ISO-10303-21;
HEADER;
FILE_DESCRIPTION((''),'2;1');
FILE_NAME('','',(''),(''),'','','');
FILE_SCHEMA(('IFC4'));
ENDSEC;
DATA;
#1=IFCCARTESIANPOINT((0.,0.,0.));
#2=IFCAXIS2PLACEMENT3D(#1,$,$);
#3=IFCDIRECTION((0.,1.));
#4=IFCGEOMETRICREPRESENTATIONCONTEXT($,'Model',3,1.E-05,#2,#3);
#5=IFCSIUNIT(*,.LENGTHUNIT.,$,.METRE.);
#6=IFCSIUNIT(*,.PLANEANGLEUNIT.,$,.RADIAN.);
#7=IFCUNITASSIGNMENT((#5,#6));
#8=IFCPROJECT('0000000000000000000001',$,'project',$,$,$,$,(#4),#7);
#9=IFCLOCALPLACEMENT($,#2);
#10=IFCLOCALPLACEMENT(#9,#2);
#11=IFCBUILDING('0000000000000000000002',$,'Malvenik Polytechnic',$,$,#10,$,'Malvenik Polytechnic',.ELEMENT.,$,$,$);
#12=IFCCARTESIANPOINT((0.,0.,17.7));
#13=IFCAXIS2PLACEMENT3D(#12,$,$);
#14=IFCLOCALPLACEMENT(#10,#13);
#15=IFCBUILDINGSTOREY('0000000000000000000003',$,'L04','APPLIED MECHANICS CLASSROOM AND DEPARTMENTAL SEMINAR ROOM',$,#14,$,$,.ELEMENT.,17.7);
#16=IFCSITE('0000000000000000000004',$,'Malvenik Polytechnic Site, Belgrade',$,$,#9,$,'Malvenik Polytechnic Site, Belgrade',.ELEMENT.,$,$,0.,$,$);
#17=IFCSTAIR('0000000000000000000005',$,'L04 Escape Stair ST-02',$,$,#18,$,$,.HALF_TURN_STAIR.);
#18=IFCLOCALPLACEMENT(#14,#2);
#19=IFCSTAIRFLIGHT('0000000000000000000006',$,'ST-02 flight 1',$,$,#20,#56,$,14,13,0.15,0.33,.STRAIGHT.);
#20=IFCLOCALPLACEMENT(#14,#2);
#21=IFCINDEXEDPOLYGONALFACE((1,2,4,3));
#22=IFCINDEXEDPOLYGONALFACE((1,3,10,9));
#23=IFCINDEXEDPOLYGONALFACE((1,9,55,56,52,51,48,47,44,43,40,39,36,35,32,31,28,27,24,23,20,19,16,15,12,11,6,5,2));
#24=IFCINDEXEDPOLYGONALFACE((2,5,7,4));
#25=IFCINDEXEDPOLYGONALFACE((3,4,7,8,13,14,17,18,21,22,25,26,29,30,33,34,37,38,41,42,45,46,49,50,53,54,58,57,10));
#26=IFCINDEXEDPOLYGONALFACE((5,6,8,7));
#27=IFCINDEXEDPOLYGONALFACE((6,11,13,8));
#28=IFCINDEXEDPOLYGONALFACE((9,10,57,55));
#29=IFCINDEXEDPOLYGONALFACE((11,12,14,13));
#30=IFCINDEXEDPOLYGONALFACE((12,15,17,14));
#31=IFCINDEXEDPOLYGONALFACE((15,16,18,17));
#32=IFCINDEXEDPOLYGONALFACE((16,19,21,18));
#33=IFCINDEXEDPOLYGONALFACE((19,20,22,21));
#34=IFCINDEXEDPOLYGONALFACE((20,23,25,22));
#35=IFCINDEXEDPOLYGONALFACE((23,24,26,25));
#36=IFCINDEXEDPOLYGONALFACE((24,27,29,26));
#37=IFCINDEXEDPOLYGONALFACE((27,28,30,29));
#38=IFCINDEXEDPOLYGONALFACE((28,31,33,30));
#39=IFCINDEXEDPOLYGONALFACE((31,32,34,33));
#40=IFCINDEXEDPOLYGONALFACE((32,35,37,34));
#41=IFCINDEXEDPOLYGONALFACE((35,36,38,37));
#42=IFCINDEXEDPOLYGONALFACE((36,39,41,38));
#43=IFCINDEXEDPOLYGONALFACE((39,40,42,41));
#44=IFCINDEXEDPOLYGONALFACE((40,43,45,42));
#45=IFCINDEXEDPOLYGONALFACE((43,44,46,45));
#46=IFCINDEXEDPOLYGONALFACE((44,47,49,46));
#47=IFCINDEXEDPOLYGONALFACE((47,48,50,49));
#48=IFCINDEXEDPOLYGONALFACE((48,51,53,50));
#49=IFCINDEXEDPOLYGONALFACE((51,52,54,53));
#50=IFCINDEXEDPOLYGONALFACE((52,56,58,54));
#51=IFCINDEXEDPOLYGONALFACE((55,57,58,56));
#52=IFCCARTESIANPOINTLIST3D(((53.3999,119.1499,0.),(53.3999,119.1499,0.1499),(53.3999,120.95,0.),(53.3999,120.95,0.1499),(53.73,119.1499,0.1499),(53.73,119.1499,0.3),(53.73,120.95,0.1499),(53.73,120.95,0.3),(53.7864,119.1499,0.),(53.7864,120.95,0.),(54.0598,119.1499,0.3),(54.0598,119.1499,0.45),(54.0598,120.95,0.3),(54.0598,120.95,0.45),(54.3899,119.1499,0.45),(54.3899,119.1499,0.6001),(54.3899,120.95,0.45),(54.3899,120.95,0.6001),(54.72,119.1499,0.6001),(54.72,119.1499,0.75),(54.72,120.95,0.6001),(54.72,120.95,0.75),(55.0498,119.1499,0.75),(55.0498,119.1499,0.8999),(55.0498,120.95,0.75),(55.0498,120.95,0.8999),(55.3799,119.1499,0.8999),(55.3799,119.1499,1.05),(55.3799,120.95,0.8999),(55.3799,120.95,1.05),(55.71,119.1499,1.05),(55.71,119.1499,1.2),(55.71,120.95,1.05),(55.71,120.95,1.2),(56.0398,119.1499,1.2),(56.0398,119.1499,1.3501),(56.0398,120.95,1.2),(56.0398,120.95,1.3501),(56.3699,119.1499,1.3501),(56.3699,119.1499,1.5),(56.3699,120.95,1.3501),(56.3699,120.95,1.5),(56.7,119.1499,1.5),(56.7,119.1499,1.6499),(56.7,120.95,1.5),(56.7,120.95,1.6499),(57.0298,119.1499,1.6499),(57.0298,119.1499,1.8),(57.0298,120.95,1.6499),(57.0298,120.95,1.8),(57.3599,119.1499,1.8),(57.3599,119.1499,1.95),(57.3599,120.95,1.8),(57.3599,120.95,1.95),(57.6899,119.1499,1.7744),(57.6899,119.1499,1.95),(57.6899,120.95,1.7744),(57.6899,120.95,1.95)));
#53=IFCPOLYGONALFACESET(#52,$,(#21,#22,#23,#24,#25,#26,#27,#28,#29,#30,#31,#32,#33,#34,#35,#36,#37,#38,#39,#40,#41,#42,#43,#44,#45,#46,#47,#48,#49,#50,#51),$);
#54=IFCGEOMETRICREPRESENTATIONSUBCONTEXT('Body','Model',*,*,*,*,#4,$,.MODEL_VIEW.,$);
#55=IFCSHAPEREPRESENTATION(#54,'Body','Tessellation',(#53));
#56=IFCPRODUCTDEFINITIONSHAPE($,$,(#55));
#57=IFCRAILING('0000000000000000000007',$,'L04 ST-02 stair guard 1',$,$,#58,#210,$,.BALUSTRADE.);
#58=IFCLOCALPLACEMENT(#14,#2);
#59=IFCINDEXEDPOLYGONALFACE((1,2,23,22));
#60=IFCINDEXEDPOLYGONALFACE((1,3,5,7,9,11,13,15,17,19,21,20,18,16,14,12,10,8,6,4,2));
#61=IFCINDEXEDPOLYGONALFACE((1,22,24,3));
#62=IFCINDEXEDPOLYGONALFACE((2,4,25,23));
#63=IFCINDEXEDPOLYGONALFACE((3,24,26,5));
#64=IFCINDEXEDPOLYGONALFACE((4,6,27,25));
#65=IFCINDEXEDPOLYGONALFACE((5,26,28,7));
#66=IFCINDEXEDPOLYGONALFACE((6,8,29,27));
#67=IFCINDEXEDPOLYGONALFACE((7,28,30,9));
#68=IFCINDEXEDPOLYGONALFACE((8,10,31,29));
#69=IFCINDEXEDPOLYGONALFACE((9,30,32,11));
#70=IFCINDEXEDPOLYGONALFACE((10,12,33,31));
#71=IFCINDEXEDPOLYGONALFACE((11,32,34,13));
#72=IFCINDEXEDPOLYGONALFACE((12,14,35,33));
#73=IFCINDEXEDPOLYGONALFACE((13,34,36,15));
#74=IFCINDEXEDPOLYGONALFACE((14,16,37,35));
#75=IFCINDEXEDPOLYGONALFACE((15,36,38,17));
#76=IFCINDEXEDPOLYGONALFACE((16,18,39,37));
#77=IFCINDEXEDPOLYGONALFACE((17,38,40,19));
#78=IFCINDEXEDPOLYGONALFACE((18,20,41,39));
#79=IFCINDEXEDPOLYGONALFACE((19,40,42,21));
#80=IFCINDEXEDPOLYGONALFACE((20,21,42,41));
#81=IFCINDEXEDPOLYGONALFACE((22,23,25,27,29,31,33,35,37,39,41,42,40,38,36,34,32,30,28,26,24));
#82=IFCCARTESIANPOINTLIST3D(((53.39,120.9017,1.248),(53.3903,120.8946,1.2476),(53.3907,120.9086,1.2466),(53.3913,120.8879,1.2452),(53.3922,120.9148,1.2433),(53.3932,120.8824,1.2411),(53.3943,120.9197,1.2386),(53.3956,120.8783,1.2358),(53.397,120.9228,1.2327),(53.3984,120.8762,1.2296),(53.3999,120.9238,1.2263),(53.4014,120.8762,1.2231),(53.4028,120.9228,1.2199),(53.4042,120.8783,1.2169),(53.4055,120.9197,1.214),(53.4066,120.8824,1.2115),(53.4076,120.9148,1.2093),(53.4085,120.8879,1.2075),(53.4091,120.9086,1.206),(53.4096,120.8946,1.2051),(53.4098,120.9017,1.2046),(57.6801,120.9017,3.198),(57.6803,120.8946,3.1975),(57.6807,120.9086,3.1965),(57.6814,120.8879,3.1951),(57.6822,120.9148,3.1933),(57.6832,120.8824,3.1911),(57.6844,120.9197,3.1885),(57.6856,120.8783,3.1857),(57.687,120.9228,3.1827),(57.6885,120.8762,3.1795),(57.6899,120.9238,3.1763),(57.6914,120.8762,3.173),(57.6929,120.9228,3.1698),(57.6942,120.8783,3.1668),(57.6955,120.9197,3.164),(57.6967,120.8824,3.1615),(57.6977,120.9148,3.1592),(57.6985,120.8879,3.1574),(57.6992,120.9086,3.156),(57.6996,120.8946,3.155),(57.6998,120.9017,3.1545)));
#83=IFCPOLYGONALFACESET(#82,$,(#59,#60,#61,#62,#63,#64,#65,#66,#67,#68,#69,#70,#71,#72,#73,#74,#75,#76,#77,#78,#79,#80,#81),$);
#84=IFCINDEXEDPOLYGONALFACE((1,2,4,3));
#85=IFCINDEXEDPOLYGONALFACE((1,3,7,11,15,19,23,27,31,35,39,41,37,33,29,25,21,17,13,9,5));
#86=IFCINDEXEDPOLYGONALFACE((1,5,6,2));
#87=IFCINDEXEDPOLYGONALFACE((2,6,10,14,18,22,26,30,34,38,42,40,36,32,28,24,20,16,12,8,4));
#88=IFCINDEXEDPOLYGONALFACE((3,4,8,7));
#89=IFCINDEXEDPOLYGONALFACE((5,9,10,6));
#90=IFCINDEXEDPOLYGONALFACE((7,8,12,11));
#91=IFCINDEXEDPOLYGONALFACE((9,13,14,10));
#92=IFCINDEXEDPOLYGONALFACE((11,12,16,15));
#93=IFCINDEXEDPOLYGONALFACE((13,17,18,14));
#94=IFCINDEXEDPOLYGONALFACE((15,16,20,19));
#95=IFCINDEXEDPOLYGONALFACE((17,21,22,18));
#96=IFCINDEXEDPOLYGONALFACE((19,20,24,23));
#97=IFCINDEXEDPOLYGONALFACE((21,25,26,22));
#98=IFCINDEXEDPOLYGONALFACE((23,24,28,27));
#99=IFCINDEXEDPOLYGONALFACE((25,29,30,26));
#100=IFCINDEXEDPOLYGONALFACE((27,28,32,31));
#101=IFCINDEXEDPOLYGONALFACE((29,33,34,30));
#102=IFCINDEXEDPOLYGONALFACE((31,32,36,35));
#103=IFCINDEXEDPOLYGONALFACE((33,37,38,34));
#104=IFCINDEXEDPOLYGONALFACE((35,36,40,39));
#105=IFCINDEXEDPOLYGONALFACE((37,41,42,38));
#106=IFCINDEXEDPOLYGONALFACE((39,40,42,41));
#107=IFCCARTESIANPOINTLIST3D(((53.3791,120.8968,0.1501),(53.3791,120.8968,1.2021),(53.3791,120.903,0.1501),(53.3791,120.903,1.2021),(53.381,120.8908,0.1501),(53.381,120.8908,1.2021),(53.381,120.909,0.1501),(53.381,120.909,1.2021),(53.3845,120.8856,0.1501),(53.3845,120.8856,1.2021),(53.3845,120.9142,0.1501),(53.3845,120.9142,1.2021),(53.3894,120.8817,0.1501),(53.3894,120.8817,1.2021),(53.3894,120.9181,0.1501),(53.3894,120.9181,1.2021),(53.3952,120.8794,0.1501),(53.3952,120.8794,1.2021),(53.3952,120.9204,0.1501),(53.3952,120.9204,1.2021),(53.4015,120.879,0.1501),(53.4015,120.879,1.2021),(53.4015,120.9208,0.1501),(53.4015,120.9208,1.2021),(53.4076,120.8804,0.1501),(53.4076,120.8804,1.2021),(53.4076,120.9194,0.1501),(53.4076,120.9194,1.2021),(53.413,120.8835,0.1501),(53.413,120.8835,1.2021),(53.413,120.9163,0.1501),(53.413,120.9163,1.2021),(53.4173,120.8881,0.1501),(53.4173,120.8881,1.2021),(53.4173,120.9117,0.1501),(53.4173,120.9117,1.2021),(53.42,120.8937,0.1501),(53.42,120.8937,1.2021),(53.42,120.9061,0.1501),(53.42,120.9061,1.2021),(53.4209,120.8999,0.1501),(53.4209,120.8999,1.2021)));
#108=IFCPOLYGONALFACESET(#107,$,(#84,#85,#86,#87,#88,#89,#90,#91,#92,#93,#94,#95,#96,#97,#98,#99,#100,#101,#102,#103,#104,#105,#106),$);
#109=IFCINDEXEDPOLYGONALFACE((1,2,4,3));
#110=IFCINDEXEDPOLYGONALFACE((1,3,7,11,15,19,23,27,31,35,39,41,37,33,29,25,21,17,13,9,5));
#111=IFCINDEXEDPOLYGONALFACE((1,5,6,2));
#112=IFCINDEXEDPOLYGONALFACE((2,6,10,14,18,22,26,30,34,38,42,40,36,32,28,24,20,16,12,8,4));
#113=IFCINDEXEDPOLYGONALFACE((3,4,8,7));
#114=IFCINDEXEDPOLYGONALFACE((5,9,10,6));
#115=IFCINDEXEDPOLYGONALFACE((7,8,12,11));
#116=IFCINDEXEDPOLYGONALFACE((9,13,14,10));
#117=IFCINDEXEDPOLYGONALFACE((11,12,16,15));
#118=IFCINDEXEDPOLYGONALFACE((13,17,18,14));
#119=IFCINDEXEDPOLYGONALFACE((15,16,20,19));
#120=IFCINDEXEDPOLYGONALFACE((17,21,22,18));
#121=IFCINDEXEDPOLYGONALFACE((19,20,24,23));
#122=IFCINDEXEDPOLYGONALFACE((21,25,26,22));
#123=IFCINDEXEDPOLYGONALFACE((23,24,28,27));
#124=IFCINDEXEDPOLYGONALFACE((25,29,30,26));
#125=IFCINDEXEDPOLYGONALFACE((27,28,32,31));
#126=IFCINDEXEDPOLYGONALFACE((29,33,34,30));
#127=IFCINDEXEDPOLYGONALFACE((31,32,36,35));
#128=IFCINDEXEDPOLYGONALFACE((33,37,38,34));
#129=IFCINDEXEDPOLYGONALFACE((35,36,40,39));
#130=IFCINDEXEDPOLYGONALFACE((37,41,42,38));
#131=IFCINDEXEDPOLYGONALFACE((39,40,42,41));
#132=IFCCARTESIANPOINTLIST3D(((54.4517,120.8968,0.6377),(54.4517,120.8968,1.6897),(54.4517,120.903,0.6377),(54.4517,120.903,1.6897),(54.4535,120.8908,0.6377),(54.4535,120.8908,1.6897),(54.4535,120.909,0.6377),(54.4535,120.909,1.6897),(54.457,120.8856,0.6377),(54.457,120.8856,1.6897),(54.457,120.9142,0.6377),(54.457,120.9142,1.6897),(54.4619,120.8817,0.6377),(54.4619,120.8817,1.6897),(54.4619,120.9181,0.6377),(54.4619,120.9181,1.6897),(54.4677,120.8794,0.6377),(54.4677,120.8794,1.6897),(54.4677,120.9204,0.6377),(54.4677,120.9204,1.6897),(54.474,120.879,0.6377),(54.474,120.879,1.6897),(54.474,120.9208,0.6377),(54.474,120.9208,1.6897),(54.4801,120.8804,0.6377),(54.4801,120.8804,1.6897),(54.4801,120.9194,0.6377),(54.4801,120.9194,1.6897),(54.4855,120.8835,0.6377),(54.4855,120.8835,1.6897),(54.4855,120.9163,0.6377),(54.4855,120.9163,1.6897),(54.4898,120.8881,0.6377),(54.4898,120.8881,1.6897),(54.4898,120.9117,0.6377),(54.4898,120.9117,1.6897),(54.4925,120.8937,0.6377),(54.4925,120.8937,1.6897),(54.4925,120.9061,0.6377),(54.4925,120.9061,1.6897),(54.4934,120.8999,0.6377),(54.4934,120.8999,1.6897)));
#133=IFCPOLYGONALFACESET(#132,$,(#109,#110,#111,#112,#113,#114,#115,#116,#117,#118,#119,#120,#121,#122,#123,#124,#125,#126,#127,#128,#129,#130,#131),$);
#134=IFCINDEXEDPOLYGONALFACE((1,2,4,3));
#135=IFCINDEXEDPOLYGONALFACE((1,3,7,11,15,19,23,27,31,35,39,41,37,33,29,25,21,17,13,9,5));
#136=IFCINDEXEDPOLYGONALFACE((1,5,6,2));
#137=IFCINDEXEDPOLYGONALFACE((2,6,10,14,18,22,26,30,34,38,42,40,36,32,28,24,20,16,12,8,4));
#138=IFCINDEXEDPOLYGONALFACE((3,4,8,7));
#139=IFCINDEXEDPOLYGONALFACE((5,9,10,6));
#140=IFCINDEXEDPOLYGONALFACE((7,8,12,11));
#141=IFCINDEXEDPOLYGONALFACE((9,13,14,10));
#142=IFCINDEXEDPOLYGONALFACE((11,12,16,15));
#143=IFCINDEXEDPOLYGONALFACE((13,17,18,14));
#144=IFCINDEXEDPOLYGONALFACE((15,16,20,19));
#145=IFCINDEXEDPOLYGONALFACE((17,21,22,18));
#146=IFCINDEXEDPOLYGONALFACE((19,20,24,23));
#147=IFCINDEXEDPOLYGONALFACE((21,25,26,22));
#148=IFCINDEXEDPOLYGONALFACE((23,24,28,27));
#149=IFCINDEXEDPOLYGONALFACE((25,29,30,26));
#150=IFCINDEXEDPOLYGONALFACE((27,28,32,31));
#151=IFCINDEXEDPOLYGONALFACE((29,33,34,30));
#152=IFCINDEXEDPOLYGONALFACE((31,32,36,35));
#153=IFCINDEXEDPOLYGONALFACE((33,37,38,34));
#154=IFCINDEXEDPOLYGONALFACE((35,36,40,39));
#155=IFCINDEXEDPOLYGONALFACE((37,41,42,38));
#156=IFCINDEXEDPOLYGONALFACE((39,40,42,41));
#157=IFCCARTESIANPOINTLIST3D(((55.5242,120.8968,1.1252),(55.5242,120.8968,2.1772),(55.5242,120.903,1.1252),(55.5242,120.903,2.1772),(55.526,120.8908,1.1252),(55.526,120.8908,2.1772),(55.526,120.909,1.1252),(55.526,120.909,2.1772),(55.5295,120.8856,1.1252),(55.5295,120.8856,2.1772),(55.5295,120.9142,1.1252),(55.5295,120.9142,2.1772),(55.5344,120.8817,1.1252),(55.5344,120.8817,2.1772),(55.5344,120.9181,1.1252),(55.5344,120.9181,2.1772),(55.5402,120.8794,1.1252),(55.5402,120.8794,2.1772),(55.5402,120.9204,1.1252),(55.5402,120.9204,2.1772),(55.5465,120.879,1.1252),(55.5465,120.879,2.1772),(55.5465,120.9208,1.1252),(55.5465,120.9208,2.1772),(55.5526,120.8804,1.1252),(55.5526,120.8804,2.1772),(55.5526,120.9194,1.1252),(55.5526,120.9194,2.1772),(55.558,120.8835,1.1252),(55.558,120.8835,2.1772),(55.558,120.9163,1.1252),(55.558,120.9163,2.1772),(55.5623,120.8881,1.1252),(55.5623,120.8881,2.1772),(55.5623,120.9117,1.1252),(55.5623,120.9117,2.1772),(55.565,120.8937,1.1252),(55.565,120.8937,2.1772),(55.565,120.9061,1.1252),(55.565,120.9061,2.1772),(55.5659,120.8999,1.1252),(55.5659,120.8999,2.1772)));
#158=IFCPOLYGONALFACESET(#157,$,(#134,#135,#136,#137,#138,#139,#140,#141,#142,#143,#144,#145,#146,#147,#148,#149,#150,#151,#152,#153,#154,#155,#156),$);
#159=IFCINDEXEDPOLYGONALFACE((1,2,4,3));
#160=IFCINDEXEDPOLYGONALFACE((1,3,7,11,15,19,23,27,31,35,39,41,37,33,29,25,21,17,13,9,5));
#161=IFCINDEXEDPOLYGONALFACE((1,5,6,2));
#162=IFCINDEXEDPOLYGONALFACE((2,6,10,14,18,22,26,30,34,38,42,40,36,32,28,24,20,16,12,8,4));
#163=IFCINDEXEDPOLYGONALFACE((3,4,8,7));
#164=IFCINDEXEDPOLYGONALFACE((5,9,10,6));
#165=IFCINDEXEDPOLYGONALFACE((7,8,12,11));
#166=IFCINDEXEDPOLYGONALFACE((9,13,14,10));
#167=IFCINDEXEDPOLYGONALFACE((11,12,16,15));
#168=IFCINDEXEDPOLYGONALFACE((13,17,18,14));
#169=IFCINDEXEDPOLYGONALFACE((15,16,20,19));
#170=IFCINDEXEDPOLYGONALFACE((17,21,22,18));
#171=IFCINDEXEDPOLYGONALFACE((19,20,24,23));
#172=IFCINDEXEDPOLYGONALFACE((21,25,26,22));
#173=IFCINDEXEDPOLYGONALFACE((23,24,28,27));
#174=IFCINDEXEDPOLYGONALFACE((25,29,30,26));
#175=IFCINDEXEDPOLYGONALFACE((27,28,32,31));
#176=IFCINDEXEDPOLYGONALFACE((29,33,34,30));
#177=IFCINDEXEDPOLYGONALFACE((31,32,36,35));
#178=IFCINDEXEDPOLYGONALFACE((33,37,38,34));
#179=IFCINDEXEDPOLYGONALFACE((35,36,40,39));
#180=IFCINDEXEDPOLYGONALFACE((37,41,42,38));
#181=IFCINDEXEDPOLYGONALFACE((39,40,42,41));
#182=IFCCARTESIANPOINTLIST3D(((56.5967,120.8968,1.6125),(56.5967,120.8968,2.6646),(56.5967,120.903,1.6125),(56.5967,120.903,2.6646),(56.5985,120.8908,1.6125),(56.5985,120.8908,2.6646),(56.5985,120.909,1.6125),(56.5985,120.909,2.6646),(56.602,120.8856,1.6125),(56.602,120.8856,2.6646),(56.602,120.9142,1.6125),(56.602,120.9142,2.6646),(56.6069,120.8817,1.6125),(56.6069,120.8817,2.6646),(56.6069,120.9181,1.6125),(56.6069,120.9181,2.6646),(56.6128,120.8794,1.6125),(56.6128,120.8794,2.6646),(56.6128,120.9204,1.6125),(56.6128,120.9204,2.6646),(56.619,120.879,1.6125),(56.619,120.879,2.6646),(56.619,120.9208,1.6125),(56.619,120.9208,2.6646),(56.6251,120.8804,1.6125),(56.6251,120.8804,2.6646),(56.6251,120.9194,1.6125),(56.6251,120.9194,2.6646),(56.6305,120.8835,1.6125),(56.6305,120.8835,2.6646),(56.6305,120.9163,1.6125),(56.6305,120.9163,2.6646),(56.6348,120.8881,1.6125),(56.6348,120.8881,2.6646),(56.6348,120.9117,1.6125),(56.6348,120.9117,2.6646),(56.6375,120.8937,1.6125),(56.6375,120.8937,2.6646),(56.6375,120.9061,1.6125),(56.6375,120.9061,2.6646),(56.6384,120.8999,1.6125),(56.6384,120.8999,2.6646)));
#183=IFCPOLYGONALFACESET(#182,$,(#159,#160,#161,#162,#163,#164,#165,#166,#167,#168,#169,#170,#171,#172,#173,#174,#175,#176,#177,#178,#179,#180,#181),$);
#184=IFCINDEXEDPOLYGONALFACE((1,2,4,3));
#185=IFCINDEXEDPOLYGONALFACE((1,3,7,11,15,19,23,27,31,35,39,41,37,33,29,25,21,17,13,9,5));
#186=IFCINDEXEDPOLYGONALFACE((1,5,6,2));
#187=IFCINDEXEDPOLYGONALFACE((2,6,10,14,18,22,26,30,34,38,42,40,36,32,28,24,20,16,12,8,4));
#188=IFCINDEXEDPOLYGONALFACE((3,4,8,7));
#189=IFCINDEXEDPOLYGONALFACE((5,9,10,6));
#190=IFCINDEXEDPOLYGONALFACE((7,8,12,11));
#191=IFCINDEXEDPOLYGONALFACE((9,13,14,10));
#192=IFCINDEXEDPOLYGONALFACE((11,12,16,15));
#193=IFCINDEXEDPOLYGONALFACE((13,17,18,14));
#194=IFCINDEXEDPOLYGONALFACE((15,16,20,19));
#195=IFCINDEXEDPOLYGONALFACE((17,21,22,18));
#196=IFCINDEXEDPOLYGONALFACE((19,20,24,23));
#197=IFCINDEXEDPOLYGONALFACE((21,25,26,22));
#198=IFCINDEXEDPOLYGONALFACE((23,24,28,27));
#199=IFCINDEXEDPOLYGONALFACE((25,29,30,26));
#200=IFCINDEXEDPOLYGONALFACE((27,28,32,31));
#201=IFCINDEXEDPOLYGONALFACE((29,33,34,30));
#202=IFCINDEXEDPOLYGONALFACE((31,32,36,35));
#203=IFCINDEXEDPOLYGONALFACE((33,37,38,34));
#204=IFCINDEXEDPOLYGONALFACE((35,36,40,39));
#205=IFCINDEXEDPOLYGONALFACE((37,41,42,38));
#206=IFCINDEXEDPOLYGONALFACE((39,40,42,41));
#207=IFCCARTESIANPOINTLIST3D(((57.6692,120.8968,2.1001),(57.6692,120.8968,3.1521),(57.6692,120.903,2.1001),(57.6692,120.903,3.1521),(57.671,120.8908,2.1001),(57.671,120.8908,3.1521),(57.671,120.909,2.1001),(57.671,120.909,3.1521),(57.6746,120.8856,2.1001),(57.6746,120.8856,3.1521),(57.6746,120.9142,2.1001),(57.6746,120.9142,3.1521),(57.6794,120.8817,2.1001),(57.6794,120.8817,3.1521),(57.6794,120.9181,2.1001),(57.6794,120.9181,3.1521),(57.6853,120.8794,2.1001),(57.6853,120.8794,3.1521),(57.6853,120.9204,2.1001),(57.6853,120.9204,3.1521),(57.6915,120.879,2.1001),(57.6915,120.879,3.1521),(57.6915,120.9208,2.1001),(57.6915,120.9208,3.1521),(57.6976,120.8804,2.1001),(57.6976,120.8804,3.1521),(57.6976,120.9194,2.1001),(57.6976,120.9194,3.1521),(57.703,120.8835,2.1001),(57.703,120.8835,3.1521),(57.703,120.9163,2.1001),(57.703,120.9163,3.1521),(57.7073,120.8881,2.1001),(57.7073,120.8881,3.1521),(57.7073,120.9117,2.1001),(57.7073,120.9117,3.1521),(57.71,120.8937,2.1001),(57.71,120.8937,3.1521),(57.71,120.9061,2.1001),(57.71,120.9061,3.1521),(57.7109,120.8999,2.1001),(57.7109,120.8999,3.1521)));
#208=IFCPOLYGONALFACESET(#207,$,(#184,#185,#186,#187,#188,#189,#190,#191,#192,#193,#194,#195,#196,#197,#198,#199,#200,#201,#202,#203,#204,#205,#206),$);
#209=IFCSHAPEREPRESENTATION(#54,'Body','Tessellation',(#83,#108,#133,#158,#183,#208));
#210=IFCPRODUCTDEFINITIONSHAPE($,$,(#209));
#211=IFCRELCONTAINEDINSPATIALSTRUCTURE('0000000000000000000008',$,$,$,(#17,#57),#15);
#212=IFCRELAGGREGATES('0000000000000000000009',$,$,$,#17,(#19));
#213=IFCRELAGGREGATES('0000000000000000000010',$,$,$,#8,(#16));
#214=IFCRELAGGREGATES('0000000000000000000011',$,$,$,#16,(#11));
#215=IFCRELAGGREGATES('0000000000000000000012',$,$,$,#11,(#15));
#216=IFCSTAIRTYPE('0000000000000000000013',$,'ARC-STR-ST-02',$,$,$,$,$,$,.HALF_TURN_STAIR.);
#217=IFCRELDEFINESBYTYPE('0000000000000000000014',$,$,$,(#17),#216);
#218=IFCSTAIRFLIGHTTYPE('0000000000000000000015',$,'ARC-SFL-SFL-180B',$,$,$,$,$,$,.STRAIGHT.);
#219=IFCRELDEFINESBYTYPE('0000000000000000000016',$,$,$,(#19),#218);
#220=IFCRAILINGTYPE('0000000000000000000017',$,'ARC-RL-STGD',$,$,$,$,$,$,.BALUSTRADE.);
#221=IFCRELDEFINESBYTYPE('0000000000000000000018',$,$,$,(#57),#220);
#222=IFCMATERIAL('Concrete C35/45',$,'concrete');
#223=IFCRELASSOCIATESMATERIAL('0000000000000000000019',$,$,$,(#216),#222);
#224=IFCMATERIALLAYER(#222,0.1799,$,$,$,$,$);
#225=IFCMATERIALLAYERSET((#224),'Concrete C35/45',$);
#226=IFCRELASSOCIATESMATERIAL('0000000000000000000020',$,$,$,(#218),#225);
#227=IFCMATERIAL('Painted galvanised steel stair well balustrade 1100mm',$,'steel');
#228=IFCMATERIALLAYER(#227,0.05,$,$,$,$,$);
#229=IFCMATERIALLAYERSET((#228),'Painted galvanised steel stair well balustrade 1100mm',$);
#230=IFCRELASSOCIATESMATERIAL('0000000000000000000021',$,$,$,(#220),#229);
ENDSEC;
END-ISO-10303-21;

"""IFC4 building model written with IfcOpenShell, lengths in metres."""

from ifc_helpers import new_model, si_unit, direction, frame, origin, origin_2d, place, context, subcontext, project, spatial, polyline, circle, outline, extrude, material, layer, layer_set, type_object, element, aggregate, save


model = new_model("IFC4")

# Units and contexts
model_context = context("Model", 3, precision=1e-05, world=origin(), true_north=direction((0.0, 1.0)))
body_context = subcontext(model_context, "Body", "Model", "MODEL_VIEW")
ifc_project = project(units=[si_unit("LENGTHUNIT", "METRE"), si_unit("PLANEANGLEUNIT", "RADIAN")], contexts=[model_context])

# Site, building, storey
site_placement = place(None, origin())
site = spatial("IfcSite", under=ifc_project, at=site_placement, Name="Malvenik Polytechnic Site, Belgrade", LongName="Malvenik Polytechnic Site, Belgrade", CompositionType="ELEMENT", RefElevation=0.0)
building_placement = place(site_placement, origin())
building = spatial("IfcBuilding", under=site, at=building_placement, Name="Malvenik Polytechnic", LongName="Malvenik Polytechnic", CompositionType="ELEMENT")
storey_placement = place(building_placement, frame((0.0, 0.0, 17.7)))
storey = spatial("IfcBuildingStorey", under=building, at=storey_placement, Name="L04", Description="APPLIED MECHANICS CLASSROOM AND DEPARTMENTAL SEMINAR ROOM", CompositionType="ELEMENT", Elevation=17.7)

# Shared definitions
ifc_material_1 = material(Name="Concrete C35/45", Category="concrete")

# Stair, stair flight
stair_type = type_object("IfcStairType", Name="ARC-STR-ST-02", PredefinedType="HALF_TURN_STAIR", material=ifc_material_1)
stair_placement = place(storey_placement, origin())
stair = element("IfcStair", 1, at=stair_placement, inside=storey, type_object=stair_type, Name="L04 Escape Stair ST-02", PredefinedType="HALF_TURN_STAIR")
ifc_layer_1 = layer(ifc_material_1, 0.1799)
ifc_layer_set_1 = layer_set([ifc_layer_1], Name="Concrete C35/45")
stair_flight_type = type_object("IfcStairFlightType", Name="ARC-SFL-SFL-180B", PredefinedType="STRAIGHT", material=ifc_layer_set_1)
stair_flight_placement = place(storey_placement, frame((53.3999, 120.05, 0.0), z_axis=(0.0, 0.0, 1.0), x_axis=(1.0, 0.0, 0.0)))
stair_flight = element("IfcStairFlight", 2, at=stair_flight_placement, type_object=stair_flight_type, Name="ST-02 flight 1", NumberOfRisers=14, NumberOfTreads=13, PredefinedType="STRAIGHT", RiserHeight=0.15, TreadLength=0.33, context=body_context, shape_type="SweptSolid", body=[
    extrude(outline(polyline([(0.0, 0.0), (0.0, 0.1499), (0.3301, 0.1499), (0.3301, 0.3), (0.6599, 0.3), (0.6599, 0.45), (0.99, 0.45), (0.99, 0.6001), (1.3201, 0.6001), (1.3201, 0.75), (1.6499, 0.75), (1.6499, 0.8999), (1.98, 0.8999), (1.98, 1.05), (2.3101, 1.05), (2.3101, 1.2), (2.6399, 1.2), (2.6399, 1.3501), (2.97, 1.3501), (2.97, 1.5), (3.3, 1.5), (3.3, 1.6499), (3.6299, 1.6499), (3.6299, 1.8), (3.96, 1.8), (3.96, 1.95), (4.29, 1.95), (4.29, 2.1001), (4.29, 1.7744), (0.3865, 0.0), (0.0, 0.0)])), frame((0.0, 0.8999, 0.0), z_axis=(0.0, -1.0, 0.0), x_axis=(1.0, 0.0, 0.0)), (0.0, 0.0, 1.0), 1.8),
])
aggregate(stair, [stair_flight])

# Railing
ifc_material_2 = material(Name="Painted galvanised steel stair well balustrade 1100mm", Category="steel")
ifc_layer_2 = layer(ifc_material_2, 0.05)
ifc_layer_set_2 = layer_set([ifc_layer_2], Name="Painted galvanised steel stair well balustrade 1100mm")
railing_type = type_object("IfcRailingType", Name="ARC-RL-STGD", PredefinedType="BALUSTRADE", material=ifc_layer_set_2)
railing_1_placement = place(storey_placement, frame((53.3999, 120.8999, 0.1501)))
element("IfcRailing", 3, at=railing_1_placement, inside=storey, type_object=railing_type, Name="L04 ST-02 stair guard 1", PredefinedType="BALUSTRADE", context=body_context, shape_type="SweptSolid", body=[
    extrude(circle(Radius=0.0239, at=origin_2d()), frame((0.0, 0.0, 1.0762), z_axis=(0.910372, 0.0, 0.413791), x_axis=(0.0, 1.0, 0.0)), (0.0, 0.0, 1.0), 4.7124),
    extrude(circle(Radius=0.021, at=origin_2d()), origin(), (0.0, 0.0, 1.0), 1.052),
    extrude(circle(Radius=0.021, at=origin_2d()), frame((1.0725, 0.0, 0.4875)), (0.0, 0.0, 1.0), 1.052),
    extrude(circle(Radius=0.021, at=origin_2d()), frame((2.145, 0.0, 0.9751)), (0.0, 0.0, 1.0), 1.052),
    extrude(circle(Radius=0.021, at=origin_2d()), frame((3.2175, 0.0, 1.4624)), (0.0, 0.0, 1.0), 1.052),
    extrude(circle(Radius=0.021, at=origin_2d()), frame((4.29, 0.0, 1.95)), (0.0, 0.0, 1.0), 1.052),
])

save(model, "model.ifc")
